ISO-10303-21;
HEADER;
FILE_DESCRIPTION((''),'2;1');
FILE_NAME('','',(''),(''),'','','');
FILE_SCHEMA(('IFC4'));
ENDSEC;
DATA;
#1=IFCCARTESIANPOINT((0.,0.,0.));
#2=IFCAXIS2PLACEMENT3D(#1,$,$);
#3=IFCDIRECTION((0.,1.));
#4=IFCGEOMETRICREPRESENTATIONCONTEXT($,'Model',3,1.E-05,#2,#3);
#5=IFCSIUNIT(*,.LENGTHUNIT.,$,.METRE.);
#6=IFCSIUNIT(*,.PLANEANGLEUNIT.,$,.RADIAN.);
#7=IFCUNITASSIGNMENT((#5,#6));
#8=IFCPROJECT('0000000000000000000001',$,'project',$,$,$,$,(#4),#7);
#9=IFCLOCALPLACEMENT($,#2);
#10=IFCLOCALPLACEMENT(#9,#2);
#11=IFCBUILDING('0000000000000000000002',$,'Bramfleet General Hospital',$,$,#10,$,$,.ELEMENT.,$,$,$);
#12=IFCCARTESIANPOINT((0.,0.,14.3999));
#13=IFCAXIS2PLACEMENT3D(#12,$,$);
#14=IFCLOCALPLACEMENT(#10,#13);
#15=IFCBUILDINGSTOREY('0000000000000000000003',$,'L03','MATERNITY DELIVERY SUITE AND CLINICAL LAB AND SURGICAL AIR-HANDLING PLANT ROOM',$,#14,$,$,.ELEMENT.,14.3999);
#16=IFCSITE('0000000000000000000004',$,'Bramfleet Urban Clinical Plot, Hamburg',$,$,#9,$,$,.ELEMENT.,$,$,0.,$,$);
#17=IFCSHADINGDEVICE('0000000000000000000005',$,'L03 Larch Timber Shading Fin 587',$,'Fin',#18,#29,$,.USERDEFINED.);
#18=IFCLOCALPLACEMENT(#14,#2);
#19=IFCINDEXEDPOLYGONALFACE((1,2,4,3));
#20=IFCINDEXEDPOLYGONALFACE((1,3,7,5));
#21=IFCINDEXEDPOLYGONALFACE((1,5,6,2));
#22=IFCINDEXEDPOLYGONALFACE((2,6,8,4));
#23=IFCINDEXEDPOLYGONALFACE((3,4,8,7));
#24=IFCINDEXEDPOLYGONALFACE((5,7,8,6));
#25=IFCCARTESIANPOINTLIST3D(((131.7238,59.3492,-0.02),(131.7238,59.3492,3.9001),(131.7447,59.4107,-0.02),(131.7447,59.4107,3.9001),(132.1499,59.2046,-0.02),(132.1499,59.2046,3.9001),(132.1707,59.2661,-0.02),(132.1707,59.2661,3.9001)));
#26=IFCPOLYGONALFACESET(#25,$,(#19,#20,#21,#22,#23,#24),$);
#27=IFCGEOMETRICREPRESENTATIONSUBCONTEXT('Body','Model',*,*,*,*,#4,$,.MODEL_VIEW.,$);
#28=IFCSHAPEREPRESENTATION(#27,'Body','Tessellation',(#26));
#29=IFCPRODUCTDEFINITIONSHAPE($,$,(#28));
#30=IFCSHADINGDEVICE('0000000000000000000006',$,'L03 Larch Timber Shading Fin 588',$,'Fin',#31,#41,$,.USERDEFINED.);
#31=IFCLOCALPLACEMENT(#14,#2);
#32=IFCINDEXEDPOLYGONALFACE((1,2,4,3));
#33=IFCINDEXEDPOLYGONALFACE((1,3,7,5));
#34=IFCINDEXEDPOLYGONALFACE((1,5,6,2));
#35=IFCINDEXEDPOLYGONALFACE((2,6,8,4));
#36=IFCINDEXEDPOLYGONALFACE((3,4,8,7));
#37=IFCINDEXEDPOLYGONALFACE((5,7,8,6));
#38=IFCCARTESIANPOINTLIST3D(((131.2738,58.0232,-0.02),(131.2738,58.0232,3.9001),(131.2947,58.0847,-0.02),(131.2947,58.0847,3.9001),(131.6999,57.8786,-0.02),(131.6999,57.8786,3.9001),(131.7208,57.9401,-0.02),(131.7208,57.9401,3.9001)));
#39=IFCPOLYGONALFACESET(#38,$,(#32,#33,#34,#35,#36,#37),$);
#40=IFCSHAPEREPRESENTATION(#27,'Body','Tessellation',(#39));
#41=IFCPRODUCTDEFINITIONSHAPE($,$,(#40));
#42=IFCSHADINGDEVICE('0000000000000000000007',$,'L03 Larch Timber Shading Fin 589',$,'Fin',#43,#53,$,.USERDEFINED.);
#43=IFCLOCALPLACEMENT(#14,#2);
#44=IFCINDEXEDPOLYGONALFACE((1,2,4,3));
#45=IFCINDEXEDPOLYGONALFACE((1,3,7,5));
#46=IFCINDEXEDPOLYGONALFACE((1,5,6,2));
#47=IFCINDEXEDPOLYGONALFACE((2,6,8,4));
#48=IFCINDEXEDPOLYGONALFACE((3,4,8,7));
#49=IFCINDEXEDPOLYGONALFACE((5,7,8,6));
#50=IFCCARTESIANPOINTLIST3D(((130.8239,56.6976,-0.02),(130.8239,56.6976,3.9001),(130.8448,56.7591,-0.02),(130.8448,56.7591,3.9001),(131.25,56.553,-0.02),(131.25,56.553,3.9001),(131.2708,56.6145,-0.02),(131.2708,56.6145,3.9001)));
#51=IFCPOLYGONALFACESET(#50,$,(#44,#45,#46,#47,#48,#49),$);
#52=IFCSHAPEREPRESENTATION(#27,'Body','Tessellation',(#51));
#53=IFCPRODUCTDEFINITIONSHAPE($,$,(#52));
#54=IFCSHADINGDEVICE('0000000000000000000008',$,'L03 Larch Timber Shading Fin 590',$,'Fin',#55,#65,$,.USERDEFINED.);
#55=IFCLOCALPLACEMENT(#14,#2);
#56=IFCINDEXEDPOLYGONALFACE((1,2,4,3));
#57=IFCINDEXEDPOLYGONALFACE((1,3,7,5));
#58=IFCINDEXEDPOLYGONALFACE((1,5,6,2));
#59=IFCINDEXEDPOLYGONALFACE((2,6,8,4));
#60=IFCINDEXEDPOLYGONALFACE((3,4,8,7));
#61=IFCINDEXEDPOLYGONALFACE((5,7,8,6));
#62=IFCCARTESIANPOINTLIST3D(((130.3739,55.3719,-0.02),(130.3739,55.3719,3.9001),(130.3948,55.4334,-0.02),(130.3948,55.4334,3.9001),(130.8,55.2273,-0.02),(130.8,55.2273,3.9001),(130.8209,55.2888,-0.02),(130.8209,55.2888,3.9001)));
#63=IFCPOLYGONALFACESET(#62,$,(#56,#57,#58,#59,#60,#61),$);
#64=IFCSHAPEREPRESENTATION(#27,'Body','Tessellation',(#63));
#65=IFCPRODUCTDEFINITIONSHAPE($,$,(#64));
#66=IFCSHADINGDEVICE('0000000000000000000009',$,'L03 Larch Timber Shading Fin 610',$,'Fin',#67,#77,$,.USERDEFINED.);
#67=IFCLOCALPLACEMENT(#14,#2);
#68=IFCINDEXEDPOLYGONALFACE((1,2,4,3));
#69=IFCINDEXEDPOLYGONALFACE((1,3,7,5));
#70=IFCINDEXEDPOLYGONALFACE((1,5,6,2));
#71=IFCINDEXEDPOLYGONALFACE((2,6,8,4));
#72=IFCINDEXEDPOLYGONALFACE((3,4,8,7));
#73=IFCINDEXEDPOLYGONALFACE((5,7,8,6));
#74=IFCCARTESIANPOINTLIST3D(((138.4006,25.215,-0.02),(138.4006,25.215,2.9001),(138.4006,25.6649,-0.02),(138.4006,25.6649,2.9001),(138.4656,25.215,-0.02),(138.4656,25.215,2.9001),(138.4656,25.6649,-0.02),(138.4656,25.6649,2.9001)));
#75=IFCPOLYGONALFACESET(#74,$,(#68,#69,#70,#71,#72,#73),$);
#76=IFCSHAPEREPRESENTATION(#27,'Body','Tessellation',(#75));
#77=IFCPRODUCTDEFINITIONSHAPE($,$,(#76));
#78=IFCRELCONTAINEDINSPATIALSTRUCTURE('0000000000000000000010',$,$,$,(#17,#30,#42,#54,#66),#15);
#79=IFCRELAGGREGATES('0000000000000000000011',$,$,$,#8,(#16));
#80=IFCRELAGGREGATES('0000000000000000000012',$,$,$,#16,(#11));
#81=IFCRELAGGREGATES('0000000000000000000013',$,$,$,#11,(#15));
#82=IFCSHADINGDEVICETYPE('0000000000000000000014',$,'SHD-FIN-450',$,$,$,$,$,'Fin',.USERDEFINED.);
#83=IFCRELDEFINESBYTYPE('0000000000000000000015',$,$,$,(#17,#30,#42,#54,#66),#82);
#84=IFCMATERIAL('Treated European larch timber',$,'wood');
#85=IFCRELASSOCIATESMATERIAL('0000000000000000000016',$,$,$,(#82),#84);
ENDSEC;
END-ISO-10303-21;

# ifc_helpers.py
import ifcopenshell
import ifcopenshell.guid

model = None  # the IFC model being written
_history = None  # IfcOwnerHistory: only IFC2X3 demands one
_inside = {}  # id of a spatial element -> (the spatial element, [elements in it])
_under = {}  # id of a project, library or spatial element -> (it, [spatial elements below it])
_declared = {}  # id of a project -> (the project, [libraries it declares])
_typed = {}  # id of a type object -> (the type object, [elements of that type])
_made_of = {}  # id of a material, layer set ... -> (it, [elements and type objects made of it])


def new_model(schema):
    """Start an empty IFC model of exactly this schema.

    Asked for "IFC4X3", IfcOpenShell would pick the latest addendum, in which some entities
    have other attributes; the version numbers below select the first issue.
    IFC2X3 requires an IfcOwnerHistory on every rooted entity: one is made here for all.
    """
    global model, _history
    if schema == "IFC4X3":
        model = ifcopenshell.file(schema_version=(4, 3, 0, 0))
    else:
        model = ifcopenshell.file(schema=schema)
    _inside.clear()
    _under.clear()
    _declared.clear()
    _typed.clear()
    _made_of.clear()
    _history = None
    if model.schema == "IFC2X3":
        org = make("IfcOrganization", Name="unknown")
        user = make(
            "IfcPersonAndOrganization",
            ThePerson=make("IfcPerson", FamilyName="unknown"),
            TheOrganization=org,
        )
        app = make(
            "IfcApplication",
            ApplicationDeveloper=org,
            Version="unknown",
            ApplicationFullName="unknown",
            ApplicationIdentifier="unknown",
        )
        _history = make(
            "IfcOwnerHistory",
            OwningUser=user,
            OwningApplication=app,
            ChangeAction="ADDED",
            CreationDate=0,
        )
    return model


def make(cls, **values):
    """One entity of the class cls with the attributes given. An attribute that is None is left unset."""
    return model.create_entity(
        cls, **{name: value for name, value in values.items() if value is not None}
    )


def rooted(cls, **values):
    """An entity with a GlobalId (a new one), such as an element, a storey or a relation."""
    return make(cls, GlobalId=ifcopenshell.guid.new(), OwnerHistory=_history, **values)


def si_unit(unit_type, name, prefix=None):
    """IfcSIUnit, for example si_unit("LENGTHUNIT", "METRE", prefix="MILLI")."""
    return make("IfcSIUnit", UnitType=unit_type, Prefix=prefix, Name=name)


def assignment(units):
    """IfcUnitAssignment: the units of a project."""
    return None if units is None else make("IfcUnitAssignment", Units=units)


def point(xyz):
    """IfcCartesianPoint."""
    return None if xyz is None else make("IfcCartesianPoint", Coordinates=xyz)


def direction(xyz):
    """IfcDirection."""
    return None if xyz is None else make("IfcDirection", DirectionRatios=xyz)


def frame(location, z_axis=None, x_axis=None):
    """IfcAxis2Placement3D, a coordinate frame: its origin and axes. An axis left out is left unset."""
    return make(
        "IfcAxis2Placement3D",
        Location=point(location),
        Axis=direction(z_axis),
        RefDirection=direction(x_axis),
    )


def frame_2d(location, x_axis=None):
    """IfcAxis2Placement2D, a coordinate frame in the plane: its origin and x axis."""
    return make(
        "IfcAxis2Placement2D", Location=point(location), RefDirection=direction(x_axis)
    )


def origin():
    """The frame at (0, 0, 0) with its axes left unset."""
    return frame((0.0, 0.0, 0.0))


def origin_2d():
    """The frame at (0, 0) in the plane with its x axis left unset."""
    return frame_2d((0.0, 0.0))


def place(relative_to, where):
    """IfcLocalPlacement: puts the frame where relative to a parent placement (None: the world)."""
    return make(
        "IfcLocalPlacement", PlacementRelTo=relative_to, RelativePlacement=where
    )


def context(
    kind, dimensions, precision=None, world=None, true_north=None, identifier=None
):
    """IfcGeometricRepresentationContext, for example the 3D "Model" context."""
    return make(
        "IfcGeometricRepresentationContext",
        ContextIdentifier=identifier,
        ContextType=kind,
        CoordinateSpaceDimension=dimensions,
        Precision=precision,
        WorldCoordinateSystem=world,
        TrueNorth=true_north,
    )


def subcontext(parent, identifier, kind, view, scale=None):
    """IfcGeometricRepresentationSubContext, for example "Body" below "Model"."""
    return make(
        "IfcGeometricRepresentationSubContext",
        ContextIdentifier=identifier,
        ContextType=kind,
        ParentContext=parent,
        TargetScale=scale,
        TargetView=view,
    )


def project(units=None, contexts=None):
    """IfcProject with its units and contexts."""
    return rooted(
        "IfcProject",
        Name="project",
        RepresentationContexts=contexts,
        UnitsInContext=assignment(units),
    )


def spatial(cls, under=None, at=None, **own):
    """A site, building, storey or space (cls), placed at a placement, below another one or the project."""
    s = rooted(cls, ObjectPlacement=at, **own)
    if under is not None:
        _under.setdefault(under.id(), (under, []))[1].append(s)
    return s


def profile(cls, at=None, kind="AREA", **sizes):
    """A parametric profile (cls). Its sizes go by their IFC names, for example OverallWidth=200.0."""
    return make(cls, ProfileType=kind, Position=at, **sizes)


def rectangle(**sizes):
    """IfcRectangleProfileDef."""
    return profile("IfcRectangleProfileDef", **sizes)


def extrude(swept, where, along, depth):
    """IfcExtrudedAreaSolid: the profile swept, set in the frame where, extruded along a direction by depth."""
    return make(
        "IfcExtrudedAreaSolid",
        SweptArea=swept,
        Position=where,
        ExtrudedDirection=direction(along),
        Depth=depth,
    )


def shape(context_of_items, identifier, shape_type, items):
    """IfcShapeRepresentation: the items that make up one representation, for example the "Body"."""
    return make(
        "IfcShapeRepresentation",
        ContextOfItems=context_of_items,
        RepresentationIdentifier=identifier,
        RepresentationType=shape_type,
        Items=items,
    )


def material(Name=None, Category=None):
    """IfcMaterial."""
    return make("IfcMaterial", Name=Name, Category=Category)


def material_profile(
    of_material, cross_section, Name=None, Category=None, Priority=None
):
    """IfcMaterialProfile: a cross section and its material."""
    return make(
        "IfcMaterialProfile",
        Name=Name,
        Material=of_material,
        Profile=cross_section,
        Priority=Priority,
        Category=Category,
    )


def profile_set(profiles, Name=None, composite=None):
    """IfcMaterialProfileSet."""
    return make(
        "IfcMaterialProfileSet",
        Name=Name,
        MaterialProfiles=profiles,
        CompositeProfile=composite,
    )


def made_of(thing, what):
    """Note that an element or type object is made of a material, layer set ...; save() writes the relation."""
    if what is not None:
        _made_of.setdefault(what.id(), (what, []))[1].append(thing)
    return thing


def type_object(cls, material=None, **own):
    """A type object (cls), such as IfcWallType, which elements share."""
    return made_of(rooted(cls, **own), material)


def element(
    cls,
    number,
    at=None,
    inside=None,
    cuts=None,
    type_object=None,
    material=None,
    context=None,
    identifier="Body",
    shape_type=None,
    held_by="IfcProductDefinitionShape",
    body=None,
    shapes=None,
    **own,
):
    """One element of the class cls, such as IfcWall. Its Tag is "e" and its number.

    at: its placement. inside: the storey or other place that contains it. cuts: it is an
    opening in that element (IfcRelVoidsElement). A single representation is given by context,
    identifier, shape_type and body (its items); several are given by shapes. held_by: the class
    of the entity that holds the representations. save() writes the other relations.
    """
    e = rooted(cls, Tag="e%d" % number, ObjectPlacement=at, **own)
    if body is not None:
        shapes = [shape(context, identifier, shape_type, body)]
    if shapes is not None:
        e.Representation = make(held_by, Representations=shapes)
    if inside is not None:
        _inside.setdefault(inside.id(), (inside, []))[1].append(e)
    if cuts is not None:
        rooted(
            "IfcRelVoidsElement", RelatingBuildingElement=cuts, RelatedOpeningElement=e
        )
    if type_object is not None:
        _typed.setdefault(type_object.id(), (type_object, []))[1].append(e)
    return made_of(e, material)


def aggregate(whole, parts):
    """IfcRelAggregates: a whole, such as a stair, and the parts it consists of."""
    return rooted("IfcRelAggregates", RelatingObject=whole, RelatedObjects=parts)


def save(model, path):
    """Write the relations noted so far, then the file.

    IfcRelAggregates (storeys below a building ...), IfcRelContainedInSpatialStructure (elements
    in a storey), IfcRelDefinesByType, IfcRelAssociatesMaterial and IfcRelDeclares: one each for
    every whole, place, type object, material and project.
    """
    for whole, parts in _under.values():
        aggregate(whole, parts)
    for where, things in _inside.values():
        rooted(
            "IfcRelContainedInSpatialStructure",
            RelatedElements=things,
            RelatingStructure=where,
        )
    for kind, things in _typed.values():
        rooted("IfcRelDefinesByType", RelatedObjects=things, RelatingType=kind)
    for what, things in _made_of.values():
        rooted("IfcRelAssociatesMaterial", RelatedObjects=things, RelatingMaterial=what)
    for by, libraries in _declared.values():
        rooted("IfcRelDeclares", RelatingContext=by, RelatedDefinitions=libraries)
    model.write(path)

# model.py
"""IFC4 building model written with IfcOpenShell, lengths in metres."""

from ifc_helpers import new_model, si_unit, direction, frame, origin, origin_2d, place, context, subcontext, project, spatial, rectangle, extrude, material, material_profile, profile_set, type_object, element, save


model = new_model("IFC4")

# Units and contexts
model_context = context("Model", 3, precision=1e-05, world=origin(), true_north=direction((0.0, 1.0)))
body_context = subcontext(model_context, "Body", "Model", "MODEL_VIEW")
ifc_project = project(units=[si_unit("LENGTHUNIT", "METRE"), si_unit("PLANEANGLEUNIT", "RADIAN")], contexts=[model_context])

# Site, building, storey
site_placement = place(None, origin())
site = spatial("IfcSite", under=ifc_project, at=site_placement, Name="Bramfleet Urban Clinical Plot, Hamburg", CompositionType="ELEMENT", RefElevation=0.0)
building_placement = place(site_placement, origin())
building = spatial("IfcBuilding", under=site, at=building_placement, Name="Bramfleet General Hospital", CompositionType="ELEMENT")
storey_placement = place(building_placement, frame((0.0, 0.0, 14.3999)))
storey = spatial("IfcBuildingStorey", under=building, at=storey_placement, Name="L03", Description="MATERNITY DELIVERY SUITE AND CLINICAL LAB AND SURGICAL AIR-HANDLING PLANT ROOM", CompositionType="ELEMENT", Elevation=14.3999)

# Shading devices
ifc_material_1 = material(Name="Treated European larch timber", Category="wood")
ifc_material_profile_1 = material_profile(ifc_material_1, rectangle(XDim=0.0649, YDim=0.45, at=origin_2d()), Name="LARCH FIN 450x65")
ifc_profile_set_1 = profile_set([ifc_material_profile_1], Name="Treated European larch timber")
shading_device_type = type_object("IfcShadingDeviceType", Name="SHD-FIN-450", ElementType="Fin", PredefinedType="USERDEFINED", material=ifc_profile_set_1)
for number, where, z_axis, x_axis, name in (
    (1, (131.9473, 59.3076, -0.02), (0.0, 0.0, 1.0), (-0.321383, -0.946949, 0.0), "L03 Larch Timber Shading Fin 587"),
    (2, (131.4973, 57.9817, -0.02), (0.0, 0.0, 1.0), (-0.321383, -0.946949, 0.0), "L03 Larch Timber Shading Fin 588"),
    (3, (131.0474, 56.656, -0.02), (0.0, 0.0, 1.0), (-0.321383, -0.946949, 0.0), "L03 Larch Timber Shading Fin 589"),
    (4, (130.5974, 55.3303, -0.02), (0.0, 0.0, 1.0), (-0.321383, -0.946949, 0.0), "L03 Larch Timber Shading Fin 590"),
):
    element("IfcShadingDevice", number, at=place(storey_placement, frame(where, z_axis=z_axis, x_axis=x_axis)), inside=storey, type_object=shading_device_type, Name=name, ObjectType="Fin", PredefinedType="USERDEFINED", context=body_context, shape_type="SweptSolid", body=[
        extrude(rectangle(XDim=0.0649, YDim=0.45, at=origin_2d()), origin(), (0.0, 0.0, 1.0), 3.9202),
    ])
shading_device_placement = place(storey_placement, frame((138.4331, 25.4399, -0.02), z_axis=(0.0, 0.0, 1.0), x_axis=(1.0, 0.0, 0.0)))
element("IfcShadingDevice", 5, at=shading_device_placement, inside=storey, type_object=shading_device_type, Name="L03 Larch Timber Shading Fin 610", ObjectType="Fin", PredefinedType="USERDEFINED", context=body_context, shape_type="SweptSolid", body=[
    extrude(rectangle(XDim=0.0649, YDim=0.45, at=origin_2d()), origin(), (0.0, 0.0, 1.0), 2.9202),
])

save(model, "model.ifc")
